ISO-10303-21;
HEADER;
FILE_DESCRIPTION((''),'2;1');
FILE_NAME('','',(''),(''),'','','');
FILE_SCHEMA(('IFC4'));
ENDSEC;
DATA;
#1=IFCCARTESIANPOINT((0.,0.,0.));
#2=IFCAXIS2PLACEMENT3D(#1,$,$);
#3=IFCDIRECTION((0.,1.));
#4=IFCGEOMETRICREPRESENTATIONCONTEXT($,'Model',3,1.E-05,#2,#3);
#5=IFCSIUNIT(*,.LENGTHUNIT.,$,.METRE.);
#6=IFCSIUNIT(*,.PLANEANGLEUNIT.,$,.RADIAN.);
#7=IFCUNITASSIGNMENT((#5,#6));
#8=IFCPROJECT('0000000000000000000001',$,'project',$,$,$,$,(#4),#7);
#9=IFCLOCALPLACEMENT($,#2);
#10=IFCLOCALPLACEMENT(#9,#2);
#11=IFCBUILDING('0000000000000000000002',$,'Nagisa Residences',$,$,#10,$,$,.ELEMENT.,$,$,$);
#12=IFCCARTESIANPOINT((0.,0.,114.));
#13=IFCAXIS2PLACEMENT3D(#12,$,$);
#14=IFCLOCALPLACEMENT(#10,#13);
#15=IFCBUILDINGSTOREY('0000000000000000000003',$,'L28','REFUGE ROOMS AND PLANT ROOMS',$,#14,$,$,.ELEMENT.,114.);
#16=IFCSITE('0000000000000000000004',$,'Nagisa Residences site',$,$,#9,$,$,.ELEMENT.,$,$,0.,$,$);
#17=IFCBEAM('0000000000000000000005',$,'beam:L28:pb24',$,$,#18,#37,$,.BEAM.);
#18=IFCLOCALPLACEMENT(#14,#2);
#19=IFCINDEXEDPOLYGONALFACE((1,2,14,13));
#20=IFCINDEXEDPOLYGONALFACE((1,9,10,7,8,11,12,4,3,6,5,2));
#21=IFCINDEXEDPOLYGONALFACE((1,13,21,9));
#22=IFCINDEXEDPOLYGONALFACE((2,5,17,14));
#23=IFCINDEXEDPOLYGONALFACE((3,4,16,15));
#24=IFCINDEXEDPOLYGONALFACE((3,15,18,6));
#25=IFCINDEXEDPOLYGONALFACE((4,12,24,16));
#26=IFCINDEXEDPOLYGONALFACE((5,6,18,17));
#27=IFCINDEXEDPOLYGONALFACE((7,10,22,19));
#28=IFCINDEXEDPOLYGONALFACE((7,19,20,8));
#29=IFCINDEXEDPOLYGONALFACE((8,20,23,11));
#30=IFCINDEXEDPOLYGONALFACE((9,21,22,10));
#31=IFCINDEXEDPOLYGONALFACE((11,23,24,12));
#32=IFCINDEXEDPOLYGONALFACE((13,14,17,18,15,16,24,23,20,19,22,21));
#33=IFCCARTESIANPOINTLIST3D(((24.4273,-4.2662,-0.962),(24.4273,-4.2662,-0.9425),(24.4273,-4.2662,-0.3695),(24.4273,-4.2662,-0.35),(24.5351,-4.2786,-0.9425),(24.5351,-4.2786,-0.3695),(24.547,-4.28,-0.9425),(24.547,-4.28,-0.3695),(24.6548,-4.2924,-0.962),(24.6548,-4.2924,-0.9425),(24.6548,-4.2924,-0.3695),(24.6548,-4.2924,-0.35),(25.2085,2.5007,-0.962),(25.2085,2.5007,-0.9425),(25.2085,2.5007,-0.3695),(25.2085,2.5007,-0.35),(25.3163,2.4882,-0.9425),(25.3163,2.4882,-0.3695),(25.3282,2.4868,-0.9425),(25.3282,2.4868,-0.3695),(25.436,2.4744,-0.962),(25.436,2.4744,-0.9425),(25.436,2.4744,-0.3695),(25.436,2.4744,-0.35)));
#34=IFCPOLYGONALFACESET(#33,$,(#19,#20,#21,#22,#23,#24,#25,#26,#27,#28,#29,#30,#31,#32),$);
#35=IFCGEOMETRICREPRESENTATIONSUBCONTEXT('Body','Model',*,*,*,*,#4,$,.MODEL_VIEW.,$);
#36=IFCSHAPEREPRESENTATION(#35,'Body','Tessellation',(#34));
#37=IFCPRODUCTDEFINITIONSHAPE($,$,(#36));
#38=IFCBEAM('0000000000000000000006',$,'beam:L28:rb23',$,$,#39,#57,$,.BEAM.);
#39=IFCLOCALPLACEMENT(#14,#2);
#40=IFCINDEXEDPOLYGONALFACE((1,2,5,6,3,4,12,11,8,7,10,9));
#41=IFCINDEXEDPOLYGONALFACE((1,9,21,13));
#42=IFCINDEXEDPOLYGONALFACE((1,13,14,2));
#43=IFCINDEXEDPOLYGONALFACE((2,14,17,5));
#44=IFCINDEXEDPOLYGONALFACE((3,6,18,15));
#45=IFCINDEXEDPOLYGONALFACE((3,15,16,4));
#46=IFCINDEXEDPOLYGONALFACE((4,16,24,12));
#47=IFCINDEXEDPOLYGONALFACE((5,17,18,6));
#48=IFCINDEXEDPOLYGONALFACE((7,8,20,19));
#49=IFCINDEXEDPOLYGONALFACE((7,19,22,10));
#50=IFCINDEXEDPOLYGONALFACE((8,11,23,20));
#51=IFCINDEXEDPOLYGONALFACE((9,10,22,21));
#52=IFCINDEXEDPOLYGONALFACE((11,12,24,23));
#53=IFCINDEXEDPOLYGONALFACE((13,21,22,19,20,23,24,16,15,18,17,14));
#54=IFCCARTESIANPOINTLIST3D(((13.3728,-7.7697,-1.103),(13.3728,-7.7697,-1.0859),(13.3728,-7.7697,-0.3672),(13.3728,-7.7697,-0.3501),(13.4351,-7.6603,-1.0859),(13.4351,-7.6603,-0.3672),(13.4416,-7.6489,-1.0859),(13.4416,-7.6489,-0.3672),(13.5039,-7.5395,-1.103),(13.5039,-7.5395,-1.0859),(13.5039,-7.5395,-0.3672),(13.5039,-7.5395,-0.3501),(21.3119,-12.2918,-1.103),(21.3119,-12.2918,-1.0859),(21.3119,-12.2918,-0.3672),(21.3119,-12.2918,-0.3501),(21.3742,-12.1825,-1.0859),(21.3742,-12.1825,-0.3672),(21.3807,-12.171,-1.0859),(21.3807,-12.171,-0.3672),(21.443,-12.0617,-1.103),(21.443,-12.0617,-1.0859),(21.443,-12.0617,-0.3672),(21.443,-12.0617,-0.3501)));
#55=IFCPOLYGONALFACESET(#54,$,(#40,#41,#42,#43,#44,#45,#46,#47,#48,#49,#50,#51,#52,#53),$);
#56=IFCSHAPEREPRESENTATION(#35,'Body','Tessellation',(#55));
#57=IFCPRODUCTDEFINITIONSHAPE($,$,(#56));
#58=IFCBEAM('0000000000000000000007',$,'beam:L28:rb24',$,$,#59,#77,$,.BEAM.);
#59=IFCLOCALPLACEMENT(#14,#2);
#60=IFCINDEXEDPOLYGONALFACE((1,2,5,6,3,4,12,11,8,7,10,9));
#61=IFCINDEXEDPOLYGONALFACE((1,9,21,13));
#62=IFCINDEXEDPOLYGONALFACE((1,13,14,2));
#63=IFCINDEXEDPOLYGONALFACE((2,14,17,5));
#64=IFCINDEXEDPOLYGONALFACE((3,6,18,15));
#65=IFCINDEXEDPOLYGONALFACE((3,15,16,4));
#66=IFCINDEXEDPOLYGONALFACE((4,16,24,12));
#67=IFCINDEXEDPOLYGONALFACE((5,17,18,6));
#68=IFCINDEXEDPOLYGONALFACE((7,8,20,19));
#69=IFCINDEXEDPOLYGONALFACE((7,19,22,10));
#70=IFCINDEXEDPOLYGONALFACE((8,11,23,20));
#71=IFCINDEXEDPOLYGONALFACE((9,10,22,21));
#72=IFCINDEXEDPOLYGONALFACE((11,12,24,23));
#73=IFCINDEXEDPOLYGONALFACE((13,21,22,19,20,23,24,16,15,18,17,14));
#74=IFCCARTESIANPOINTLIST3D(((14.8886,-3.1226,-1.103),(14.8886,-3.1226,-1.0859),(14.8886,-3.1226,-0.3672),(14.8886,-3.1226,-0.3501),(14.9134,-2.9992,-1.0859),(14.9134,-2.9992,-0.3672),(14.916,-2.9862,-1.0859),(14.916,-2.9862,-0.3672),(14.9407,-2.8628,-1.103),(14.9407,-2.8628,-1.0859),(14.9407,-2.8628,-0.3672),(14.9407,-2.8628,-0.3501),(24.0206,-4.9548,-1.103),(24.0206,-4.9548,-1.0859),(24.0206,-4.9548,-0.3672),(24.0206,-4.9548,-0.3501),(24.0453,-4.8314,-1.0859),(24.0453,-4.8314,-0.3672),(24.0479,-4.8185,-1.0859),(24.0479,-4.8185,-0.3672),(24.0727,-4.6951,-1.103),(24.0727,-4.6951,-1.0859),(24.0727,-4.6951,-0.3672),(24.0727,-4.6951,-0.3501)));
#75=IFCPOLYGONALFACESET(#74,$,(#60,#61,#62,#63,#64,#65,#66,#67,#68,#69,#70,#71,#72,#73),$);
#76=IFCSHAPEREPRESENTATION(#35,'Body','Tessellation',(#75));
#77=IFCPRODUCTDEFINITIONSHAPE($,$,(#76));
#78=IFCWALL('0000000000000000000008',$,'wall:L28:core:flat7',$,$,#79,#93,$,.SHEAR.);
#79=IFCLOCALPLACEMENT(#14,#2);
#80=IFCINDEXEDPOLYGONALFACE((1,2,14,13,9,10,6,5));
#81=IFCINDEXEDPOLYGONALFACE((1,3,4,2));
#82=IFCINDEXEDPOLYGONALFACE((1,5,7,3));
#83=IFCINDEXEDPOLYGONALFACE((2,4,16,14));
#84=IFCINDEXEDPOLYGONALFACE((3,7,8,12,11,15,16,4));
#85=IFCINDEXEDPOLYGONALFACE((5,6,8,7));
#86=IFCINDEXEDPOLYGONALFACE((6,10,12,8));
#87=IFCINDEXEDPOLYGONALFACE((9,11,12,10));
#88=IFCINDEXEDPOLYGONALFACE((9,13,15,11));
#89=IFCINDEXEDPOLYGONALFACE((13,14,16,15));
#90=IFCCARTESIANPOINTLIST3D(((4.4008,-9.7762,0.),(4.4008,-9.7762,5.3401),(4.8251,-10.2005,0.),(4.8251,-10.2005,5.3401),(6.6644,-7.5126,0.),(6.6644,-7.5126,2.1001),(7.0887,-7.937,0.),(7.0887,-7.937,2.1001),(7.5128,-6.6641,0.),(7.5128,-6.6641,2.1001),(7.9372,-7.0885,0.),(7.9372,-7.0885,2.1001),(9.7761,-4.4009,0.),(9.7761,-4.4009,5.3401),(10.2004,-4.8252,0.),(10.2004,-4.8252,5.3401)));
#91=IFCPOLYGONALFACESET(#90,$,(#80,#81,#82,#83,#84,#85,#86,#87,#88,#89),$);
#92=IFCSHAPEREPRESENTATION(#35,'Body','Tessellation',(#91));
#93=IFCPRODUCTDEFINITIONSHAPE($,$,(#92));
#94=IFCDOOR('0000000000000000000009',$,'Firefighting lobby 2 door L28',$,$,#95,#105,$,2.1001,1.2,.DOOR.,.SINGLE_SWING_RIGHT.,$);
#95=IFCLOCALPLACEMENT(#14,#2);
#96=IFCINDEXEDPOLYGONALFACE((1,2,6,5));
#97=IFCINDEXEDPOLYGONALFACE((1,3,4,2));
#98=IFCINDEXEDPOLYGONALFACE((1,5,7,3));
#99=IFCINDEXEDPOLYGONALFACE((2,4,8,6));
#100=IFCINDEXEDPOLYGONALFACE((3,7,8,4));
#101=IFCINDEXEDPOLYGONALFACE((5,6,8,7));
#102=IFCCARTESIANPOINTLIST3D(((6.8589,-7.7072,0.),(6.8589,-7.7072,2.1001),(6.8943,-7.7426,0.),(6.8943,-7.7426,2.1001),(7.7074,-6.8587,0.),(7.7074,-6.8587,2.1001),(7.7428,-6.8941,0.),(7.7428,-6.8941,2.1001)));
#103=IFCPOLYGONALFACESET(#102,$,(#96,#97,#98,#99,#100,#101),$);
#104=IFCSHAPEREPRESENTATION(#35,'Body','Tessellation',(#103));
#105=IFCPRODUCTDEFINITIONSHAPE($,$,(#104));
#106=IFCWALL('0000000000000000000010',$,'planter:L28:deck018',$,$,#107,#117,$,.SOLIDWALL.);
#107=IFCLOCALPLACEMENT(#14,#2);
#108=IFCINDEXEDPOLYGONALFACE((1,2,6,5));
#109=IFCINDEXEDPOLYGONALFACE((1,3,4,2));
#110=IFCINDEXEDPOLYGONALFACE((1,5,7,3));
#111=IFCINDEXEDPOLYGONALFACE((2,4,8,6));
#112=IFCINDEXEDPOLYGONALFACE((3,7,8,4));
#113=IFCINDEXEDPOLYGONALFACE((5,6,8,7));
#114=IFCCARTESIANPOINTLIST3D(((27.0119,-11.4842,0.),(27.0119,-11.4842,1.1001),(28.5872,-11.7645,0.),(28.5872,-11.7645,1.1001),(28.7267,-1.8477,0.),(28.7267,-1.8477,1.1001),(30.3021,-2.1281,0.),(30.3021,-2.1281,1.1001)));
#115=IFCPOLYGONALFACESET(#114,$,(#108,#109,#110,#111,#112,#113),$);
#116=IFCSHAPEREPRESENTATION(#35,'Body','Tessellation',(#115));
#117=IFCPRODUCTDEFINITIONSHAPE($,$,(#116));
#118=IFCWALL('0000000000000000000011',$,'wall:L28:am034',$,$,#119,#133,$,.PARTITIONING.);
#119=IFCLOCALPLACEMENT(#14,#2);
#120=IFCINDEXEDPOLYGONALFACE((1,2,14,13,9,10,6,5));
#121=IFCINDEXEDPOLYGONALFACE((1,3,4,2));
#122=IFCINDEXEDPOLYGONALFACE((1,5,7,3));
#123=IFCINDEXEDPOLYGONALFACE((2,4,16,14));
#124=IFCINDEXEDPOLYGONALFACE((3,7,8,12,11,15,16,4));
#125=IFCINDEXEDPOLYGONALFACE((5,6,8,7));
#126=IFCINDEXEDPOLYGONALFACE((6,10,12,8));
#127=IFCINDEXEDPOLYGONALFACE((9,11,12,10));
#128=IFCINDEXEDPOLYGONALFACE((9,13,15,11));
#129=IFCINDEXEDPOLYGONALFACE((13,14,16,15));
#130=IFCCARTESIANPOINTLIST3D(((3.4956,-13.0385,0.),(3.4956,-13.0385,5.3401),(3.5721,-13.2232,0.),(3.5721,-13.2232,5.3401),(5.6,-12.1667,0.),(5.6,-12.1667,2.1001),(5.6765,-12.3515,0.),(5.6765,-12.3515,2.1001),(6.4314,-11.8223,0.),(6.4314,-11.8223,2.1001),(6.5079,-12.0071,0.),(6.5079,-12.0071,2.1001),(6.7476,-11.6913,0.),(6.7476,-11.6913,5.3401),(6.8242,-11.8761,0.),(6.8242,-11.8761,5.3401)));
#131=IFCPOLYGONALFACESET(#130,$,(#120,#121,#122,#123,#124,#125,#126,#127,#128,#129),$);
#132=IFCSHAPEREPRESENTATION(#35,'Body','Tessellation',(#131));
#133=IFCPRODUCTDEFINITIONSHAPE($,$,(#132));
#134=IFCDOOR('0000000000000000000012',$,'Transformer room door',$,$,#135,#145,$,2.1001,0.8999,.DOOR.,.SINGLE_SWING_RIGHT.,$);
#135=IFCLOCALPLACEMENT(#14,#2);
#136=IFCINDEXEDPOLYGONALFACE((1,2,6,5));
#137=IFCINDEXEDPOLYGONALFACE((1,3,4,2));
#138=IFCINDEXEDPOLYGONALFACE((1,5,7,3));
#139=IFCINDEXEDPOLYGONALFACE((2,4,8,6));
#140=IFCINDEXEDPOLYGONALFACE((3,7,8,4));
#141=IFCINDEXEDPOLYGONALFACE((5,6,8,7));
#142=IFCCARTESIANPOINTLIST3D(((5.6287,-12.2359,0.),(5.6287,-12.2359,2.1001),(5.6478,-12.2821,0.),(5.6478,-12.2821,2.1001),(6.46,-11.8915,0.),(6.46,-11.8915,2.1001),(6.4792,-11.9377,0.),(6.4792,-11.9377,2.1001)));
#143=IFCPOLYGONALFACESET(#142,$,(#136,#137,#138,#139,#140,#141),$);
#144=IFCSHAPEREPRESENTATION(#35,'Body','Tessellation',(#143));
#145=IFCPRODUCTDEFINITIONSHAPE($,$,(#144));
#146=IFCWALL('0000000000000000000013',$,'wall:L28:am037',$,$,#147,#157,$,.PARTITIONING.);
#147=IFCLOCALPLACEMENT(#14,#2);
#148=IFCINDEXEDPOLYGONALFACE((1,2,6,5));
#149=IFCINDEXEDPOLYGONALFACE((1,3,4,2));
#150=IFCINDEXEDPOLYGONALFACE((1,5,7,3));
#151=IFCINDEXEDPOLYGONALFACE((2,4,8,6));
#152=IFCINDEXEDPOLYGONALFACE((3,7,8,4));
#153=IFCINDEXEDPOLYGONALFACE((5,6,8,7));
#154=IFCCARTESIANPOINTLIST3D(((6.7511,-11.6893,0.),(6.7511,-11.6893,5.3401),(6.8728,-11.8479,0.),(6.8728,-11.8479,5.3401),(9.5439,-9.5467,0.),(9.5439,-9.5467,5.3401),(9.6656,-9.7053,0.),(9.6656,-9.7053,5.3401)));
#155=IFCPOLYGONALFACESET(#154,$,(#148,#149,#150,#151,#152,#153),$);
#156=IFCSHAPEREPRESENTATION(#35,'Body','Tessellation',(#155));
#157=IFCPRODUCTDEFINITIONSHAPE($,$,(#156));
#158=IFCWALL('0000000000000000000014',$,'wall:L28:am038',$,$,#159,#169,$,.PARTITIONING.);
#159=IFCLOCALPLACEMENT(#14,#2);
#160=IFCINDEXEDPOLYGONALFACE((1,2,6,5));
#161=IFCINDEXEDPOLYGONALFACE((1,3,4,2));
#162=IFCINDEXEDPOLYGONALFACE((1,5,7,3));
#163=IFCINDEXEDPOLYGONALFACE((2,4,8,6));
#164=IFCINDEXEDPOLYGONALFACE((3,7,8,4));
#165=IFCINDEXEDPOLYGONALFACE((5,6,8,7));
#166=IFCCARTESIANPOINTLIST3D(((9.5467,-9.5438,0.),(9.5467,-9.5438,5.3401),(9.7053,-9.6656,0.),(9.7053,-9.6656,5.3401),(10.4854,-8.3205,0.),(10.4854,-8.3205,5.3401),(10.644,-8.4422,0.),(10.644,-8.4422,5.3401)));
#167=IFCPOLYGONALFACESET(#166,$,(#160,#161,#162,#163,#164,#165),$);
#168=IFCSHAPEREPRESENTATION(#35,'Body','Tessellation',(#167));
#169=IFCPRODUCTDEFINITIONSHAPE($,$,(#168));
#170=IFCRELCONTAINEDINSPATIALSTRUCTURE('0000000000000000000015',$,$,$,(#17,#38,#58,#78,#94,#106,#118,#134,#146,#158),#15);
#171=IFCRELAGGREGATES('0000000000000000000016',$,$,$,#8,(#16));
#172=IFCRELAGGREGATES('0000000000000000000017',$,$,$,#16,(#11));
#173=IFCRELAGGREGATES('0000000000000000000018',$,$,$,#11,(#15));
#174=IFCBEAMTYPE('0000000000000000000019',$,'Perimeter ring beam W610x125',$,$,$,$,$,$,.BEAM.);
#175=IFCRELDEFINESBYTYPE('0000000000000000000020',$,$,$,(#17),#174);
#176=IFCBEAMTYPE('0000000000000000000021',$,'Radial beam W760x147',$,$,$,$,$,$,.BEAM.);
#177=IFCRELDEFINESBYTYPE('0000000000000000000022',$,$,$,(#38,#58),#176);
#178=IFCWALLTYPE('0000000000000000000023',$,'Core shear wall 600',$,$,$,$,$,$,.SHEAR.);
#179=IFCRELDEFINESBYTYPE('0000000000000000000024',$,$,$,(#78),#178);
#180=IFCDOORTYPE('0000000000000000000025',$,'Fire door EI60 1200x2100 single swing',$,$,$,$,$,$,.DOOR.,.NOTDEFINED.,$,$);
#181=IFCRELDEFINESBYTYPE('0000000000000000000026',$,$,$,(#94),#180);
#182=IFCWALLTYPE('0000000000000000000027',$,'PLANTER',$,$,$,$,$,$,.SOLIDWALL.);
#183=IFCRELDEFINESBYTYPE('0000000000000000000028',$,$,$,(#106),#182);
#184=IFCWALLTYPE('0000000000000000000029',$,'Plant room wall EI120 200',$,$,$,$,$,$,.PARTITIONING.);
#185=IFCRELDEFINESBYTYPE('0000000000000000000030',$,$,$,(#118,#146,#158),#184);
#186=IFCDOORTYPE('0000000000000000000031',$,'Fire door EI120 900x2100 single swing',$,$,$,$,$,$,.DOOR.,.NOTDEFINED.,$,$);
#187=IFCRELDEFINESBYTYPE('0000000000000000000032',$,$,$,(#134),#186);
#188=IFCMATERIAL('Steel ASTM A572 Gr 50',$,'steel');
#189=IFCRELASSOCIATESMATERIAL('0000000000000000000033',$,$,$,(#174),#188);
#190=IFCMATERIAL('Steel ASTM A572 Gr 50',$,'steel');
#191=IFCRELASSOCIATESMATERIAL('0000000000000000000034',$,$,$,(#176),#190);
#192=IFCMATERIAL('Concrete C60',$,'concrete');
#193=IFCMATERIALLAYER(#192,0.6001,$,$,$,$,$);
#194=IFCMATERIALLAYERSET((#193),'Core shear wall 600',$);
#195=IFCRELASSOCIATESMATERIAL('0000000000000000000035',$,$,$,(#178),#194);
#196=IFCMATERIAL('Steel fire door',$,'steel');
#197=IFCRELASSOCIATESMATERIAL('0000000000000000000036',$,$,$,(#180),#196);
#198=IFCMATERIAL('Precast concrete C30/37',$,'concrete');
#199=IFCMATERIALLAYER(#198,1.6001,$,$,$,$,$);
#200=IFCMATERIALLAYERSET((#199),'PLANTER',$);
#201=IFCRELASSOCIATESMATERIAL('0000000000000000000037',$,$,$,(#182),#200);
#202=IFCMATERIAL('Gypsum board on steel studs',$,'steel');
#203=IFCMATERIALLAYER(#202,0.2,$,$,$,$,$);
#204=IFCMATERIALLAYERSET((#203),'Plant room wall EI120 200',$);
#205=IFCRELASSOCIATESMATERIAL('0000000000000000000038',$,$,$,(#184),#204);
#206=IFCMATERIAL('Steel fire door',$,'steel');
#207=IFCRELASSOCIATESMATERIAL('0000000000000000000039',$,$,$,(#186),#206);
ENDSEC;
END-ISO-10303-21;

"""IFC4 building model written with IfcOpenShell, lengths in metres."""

from ifc_helpers import new_model, si_unit, direction, frame, frame_2d, origin, origin_2d, place, context, subcontext, project, spatial, rectangle, i_section, extrude, material, layer, layer_set, material_profile, profile_set, type_object, element, fill, save


model = new_model("IFC4")

# Units and contexts
model_context = context("Model", 3, precision=1e-05, world=origin(), true_north=direction((0.0, 1.0)))
body_context = subcontext(model_context, "Body", "Model", "MODEL_VIEW")
ifc_project = project(units=[si_unit("LENGTHUNIT", "METRE"), si_unit("PLANEANGLEUNIT", "RADIAN")], contexts=[model_context])

# Site, building, storey
site_placement = place(None, origin())
site = spatial("IfcSite", under=ifc_project, at=site_placement, Name="Nagisa Residences site", CompositionType="ELEMENT", RefElevation=0.0)
building_placement = place(site_placement, origin())
building = spatial("IfcBuilding", under=site, at=building_placement, Name="Nagisa Residences", CompositionType="ELEMENT")
storey_placement = place(building_placement, frame((0.0, 0.0, 114.0)))
storey = spatial("IfcBuildingStorey", under=building, at=storey_placement, Name="L28", Description="REFUGE ROOMS AND PLANT ROOMS", CompositionType="ELEMENT", Elevation=114.0)

# Beams
ifc_material_1 = material(Name="Steel ASTM A572 Gr 50", Category="steel")
ifc_material_profile_1 = material_profile(ifc_material_1, i_section(OverallWidth=0.229, OverallDepth=0.6121, WebThickness=0.012, FlangeThickness=0.0195, at=origin_2d()), Name="W610x125")
ifc_profile_set_1 = profile_set([ifc_material_profile_1], Name="Steel ASTM A572 Gr 50")
beam_type_1 = type_object("IfcBeamType", Name="Perimeter ring beam W610x125", PredefinedType="BEAM", material=ifc_profile_set_1)
beam_1_placement = place(storey_placement, frame((24.541, -4.2793, -0.656), z_axis=(0.114691, 0.993401, 0.0), x_axis=(-0.993401, 0.114691, 0.0)))
element("IfcBeam", 1, at=beam_1_placement, inside=storey, type_object=beam_type_1, Name="beam:L28:pb24", PredefinedType="BEAM", context=body_context, shape_type="SweptSolid", body=[
    extrude(i_section(OverallWidth=0.229, OverallDepth=0.6121, WebThickness=0.012, FlangeThickness=0.0195, at=origin_2d()), origin(), (0.0, 0.0, 1.0), 6.8118),
])
ifc_material_2 = material(Name="Steel ASTM A572 Gr 50", Category="steel")
ifc_material_profile_2 = material_profile(ifc_material_2, i_section(OverallWidth=0.2649, OverallDepth=0.7529, WebThickness=0.0132, FlangeThickness=0.0171, at=origin_2d()), Name="W760x147")
ifc_profile_set_2 = profile_set([ifc_material_profile_2], Name="Steel ASTM A572 Gr 50")
beam_type_2 = type_object("IfcBeamType", Name="Radial beam W760x147", PredefinedType="BEAM", material=ifc_profile_set_2)
beam_2_placement = place(storey_placement, frame((21.3774, -12.1768, -0.7266), z_axis=(-0.868925, 0.494944, 0.0), x_axis=(-0.494944, -0.868925, 0.0)))
element("IfcBeam", 2, at=beam_2_placement, inside=storey, type_object=beam_type_2, Name="beam:L28:rb23", PredefinedType="BEAM", context=body_context, shape_type="SweptSolid", body=[
    extrude(i_section(OverallWidth=0.2649, OverallDepth=0.7529, WebThickness=0.0132, FlangeThickness=0.0171, at=origin_2d()), origin(), (0.0, 0.0, 1.0), 9.1367),
])
beam_3_placement = place(storey_placement, frame((24.0466, -4.825, -0.7266), z_axis=(-0.98046, 0.196721, 0.0), x_axis=(-0.196721, -0.98046, 0.0)))
element("IfcBeam", 3, at=beam_3_placement, inside=storey, type_object=beam_type_2, Name="beam:L28:rb24", PredefinedType="BEAM", context=body_context, shape_type="SweptSolid", body=[
    extrude(i_section(OverallWidth=0.2649, OverallDepth=0.7529, WebThickness=0.0132, FlangeThickness=0.0171, at=origin_2d()), origin(), (0.0, 0.0, 1.0), 9.314),
])

# Wall, opening, door
ifc_material_3 = material(Name="Concrete C60", Category="concrete")
ifc_layer_1 = layer(ifc_material_3, 0.6001)
ifc_layer_set_1 = layer_set([ifc_layer_1], Name="Core shear wall 600")
wall_type_1 = type_object("IfcWallType", Name="Core shear wall 600", PredefinedType="SHEAR", material=ifc_layer_set_1)
wall_1_placement = place(storey_placement, frame((4.613, -9.9883, 0.0), z_axis=(0.0, 0.0, 1.0), x_axis=(0.707107, 0.707107, 0.0)))
wall_1 = element("IfcWall", 4, at=wall_1_placement, inside=storey, type_object=wall_type_1, Name="wall:L28:core:flat7", PredefinedType="SHEAR", context=body_context, shape_type="SweptSolid", body=[
    extrude(rectangle(XDim=7.6018, YDim=0.6001, at=frame_2d((3.8008, 0.0))), origin(), (0.0, 0.0, 1.0), 5.3401),
])
opening_1_placement = place(wall_1_placement, frame((3.2009, 0.0, 0.0)))
opening_1 = element("IfcOpeningElement", 5, at=opening_1_placement, cuts=wall_1, PredefinedType="OPENING", context=body_context, shape_type="SweptSolid", body=[
    extrude(rectangle(XDim=1.2, YDim=2.1001, at=frame_2d((0.6001, 1.05))), frame((0.0, 0.3101, 0.0), z_axis=(0.0, -1.0, 0.0), x_axis=(1.0, 0.0, 0.0)), (0.0, 0.0, 1.0), 0.6201),
])
ifc_material_4 = material(Name="Steel fire door", Category="steel")
door_type_1 = type_object("IfcDoorType", Name="Fire door EI60 1200x2100 single swing", OperationType="NOTDEFINED", PredefinedType="DOOR", material=ifc_material_4)
door_1_placement = place(opening_1_placement, origin())
door_1 = element("IfcDoor", 6, at=door_1_placement, inside=storey, type_object=door_type_1, Name="Firefighting lobby 2 door L28", OperationType="SINGLE_SWING_RIGHT", OverallHeight=2.1001, OverallWidth=1.2, PredefinedType="DOOR", context=body_context, shape_type="SweptSolid", body=[
    extrude(rectangle(XDim=1.2, YDim=2.1001, at=frame_2d((0.6001, 1.05))), frame((0.0, 0.0249, 0.0), z_axis=(0.0, -1.0, 0.0), x_axis=(1.0, 0.0, 0.0)), (0.0, 0.0, 1.0), 0.05),
])
fill(opening_1, door_1)

# Wall
ifc_material_5 = material(Name="Precast concrete C30/37", Category="concrete")
ifc_layer_2 = layer(ifc_material_5, 1.6001)
ifc_layer_set_2 = layer_set([ifc_layer_2], Name="PLANTER")
wall_type_2 = type_object("IfcWallType", Name="PLANTER", PredefinedType="SOLIDWALL", material=ifc_layer_set_2)
wall_2_placement = place(storey_placement, frame((29.5144, -1.9878, 0.0), z_axis=(0.0, 0.0, 1.0), x_axis=(-0.175201, -0.984533, 0.0)))
element("IfcWall", 7, at=wall_2_placement, inside=storey, type_object=wall_type_2, Name="planter:L28:deck018", PredefinedType="SOLIDWALL", context=body_context, shape_type="SweptSolid", body=[
    extrude(rectangle(XDim=9.7878, YDim=1.6001, at=frame_2d((4.894, 0.0))), origin(), (0.0, 0.0, 1.0), 1.1001),
])

# Wall, opening, door
ifc_material_6 = material(Name="Gypsum board on steel studs", Category="steel")
ifc_layer_3 = layer(ifc_material_6, 0.2)
ifc_layer_set_3 = layer_set([ifc_layer_3], Name="Plant room wall EI120 200")
wall_type_3 = type_object("IfcWallType", Name="Plant room wall EI120 200", PredefinedType="PARTITIONING", material=ifc_layer_set_3)
wall_3_placement = place(storey_placement, frame((6.7859, -11.7837, 0.0), z_axis=(0.0, 0.0, 1.0), x_axis=(-0.923863, -0.382723, 0.0)))
wall_3 = element("IfcWall", 8, at=wall_3_placement, inside=storey, type_object=wall_type_3, Name="wall:L28:am034", PredefinedType="PARTITIONING", context=body_context, shape_type="SweptSolid", body=[
    extrude(rectangle(XDim=3.52, YDim=0.2, at=frame_2d((1.76, 0.0))), origin(), (0.0, 0.0, 1.0), 5.3401),
])
opening_2_placement = place(wall_3_placement, frame((0.3423, 0.0, 0.0)))
opening_2 = element("IfcOpeningElement", 9, at=opening_2_placement, cuts=wall_3, PredefinedType="OPENING", context=body_context, shape_type="SweptSolid", body=[
    extrude(rectangle(XDim=0.8999, YDim=2.1001, at=frame_2d((0.45, 1.05))), frame((0.0, 0.1099, 0.0), z_axis=(0.0, -1.0, 0.0), x_axis=(1.0, 0.0, 0.0)), (0.0, 0.0, 1.0), 0.22),
])
ifc_material_7 = material(Name="Steel fire door", Category="steel")
door_type_2 = type_object("IfcDoorType", Name="Fire door EI120 900x2100 single swing", OperationType="NOTDEFINED", PredefinedType="DOOR", material=ifc_material_7)
door_2_placement = place(opening_2_placement, origin())
door_2 = element("IfcDoor", 10, at=door_2_placement, inside=storey, type_object=door_type_2, Name="Transformer room door", OperationType="SINGLE_SWING_RIGHT", OverallHeight=2.1001, OverallWidth=0.8999, PredefinedType="DOOR", context=body_context, shape_type="SweptSolid", body=[
    extrude(rectangle(XDim=0.8999, YDim=2.1001, at=frame_2d((0.45, 1.05))), frame((0.0, 0.0249, 0.0), z_axis=(0.0, -1.0, 0.0), x_axis=(1.0, 0.0, 0.0)), (0.0, 0.0, 1.0), 0.05),
])
fill(opening_2, door_2)

# Walls
wall_4_placement = place(storey_placement, frame((9.6047, -9.626, 0.0), z_axis=(0.0, 0.0, 1.0), x_axis=(-0.793402, -0.608698, 0.0)))
element("IfcWall", 11, at=wall_4_placement, inside=storey, type_object=wall_type_3, Name="wall:L28:am037", PredefinedType="PARTITIONING", context=body_context, shape_type="SweptSolid", body=[
    extrude(rectangle(XDim=3.52, YDim=0.2, at=frame_2d((1.76, 0.0))), origin(), (0.0, 0.0, 1.0), 5.3401),
])
wall_5_placement = place(storey_placement, frame((10.5647, -8.3813, 0.0), z_axis=(0.0, 0.0, 1.0), x_axis=(-0.608754, -0.793359, 0.0)))
element("IfcWall", 12, at=wall_5_placement, inside=storey, type_object=wall_type_3, Name="wall:L28:am038", PredefinedType="PARTITIONING", context=body_context, shape_type="SweptSolid", body=[
    extrude(rectangle(XDim=1.542, YDim=0.2, at=frame_2d((0.771, 0.0))), origin(), (0.0, 0.0, 1.0), 5.3401),
])

save(model, "model.ifc")
